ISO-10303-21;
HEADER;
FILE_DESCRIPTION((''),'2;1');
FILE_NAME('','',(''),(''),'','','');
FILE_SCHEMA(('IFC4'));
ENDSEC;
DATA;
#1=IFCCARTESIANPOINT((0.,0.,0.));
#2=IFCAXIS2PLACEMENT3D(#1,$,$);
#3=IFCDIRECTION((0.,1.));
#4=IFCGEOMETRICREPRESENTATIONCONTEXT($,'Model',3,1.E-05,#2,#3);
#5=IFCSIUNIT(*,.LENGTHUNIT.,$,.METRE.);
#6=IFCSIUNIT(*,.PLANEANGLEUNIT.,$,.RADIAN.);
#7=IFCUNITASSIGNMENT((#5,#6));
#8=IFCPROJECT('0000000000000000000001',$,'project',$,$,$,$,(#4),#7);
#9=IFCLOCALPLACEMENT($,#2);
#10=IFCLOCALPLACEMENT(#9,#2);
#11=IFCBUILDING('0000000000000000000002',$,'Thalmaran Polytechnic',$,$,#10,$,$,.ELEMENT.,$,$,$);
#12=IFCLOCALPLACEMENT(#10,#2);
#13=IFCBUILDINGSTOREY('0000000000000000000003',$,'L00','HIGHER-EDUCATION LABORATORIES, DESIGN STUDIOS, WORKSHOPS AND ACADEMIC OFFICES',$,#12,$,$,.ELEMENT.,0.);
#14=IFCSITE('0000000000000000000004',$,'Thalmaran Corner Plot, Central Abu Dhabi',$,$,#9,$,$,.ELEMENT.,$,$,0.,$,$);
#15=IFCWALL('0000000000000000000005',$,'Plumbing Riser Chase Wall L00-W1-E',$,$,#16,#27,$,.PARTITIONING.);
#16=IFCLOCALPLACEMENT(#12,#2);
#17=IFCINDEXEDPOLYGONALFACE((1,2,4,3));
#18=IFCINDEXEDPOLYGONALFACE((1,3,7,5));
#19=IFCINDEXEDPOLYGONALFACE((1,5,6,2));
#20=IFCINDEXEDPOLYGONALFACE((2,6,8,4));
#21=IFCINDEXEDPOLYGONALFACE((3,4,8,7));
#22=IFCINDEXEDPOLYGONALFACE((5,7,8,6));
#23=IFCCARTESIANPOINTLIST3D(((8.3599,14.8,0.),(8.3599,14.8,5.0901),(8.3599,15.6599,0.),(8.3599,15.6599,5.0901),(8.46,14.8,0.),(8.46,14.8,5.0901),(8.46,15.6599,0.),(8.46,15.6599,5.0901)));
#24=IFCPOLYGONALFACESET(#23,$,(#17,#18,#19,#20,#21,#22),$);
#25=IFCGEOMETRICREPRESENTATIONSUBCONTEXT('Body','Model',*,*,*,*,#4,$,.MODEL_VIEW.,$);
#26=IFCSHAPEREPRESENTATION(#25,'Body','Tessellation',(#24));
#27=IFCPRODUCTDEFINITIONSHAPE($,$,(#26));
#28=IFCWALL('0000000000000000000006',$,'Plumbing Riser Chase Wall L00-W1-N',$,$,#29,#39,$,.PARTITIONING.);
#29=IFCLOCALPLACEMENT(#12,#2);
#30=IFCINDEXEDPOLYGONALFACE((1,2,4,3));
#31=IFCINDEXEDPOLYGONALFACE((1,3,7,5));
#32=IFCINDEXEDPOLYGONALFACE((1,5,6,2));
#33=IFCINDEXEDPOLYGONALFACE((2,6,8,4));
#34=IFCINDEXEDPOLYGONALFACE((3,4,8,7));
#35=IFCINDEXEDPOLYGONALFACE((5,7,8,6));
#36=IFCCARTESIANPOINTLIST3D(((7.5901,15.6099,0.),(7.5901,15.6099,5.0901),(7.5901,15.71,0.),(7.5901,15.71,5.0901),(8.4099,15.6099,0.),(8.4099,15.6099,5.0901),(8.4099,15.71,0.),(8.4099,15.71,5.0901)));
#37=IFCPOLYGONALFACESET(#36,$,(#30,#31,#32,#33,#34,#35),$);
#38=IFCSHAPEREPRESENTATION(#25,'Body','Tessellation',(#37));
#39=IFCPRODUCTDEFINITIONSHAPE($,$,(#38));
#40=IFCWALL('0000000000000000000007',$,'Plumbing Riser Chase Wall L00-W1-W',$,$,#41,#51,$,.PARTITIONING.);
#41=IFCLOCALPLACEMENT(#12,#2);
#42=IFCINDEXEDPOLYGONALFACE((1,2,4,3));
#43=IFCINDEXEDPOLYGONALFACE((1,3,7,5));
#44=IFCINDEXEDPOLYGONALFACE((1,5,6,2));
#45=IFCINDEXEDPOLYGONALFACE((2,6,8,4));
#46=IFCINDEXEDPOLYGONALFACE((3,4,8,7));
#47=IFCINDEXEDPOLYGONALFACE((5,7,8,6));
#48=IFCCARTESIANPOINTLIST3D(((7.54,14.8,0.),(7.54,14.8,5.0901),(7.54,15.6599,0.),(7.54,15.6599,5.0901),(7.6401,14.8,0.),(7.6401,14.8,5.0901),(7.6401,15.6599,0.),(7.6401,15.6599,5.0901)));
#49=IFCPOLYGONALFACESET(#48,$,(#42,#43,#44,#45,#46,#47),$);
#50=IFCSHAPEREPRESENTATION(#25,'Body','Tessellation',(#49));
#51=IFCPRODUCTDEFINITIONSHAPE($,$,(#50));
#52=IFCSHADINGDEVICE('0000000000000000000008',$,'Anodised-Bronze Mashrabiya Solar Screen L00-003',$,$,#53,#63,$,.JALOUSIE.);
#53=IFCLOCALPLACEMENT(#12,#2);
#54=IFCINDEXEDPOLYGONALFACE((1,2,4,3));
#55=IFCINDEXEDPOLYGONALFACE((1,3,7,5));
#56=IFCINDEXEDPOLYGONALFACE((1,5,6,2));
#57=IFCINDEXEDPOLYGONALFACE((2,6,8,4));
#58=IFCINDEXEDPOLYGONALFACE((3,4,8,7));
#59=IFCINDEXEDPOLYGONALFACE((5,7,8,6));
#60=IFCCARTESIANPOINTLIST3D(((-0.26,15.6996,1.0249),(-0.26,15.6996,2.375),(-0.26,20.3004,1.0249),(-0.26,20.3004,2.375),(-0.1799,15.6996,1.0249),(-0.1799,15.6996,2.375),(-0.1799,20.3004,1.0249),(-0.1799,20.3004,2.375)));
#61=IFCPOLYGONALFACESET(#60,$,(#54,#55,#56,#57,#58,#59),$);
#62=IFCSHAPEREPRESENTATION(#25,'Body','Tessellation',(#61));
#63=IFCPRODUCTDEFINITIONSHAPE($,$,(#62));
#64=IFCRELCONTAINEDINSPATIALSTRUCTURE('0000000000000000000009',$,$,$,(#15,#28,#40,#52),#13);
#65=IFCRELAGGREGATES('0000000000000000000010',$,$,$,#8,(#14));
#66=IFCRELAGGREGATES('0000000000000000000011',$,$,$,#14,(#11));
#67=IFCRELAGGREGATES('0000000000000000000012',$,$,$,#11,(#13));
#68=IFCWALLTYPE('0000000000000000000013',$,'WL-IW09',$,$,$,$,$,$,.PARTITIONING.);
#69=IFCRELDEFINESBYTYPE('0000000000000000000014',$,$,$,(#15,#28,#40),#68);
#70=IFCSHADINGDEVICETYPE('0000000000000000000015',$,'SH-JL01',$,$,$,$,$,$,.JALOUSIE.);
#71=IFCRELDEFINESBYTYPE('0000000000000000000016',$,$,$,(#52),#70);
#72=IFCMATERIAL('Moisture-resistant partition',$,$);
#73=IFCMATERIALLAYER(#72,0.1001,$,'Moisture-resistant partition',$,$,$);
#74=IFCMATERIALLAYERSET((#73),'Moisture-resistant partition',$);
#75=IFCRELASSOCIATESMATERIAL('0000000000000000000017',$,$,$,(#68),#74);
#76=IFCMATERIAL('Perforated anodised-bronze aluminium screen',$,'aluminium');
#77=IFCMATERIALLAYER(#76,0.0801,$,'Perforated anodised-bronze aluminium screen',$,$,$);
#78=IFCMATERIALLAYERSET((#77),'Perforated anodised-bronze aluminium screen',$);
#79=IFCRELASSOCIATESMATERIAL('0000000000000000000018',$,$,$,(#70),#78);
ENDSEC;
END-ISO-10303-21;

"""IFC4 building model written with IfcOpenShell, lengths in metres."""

from ifc_helpers import new_model, si_unit, direction, frame, frame_2d, origin, origin_2d, place, context, subcontext, project, spatial, rectangle, extrude, material, layer, layer_set, type_object, element, save


model = new_model("IFC4")

# Units and contexts
model_context = context("Model", 3, precision=1e-05, world=origin(), true_north=direction((0.0, 1.0)))
body_context = subcontext(model_context, "Body", "Model", "MODEL_VIEW")
ifc_project = project(units=[si_unit("LENGTHUNIT", "METRE"), si_unit("PLANEANGLEUNIT", "RADIAN")], contexts=[model_context])

# Site, building, storey
site_placement = place(None, origin())
site = spatial("IfcSite", under=ifc_project, at=site_placement, Name="Thalmaran Corner Plot, Central Abu Dhabi", CompositionType="ELEMENT", RefElevation=0.0)
building_placement = place(site_placement, origin())
building = spatial("IfcBuilding", under=site, at=building_placement, Name="Thalmaran Polytechnic", CompositionType="ELEMENT")
storey_placement = place(building_placement, origin())
storey = spatial("IfcBuildingStorey", under=building, at=storey_placement, Name="L00", Description="HIGHER-EDUCATION LABORATORIES, DESIGN STUDIOS, WORKSHOPS AND ACADEMIC OFFICES", CompositionType="ELEMENT", Elevation=0.0)

# Walls
ifc_material_1 = material(Name="Moisture-resistant partition")
ifc_layer_1 = layer(ifc_material_1, 0.1001, Name="Moisture-resistant partition")
ifc_layer_set_1 = layer_set([ifc_layer_1], Name="Moisture-resistant partition")
wall_type_1 = type_object("IfcWallType", Name="WL-IW09", PredefinedType="PARTITIONING", material=ifc_layer_set_1)
wall_1_placement = place(storey_placement, frame((8.4099, 14.8, 0.0), z_axis=(0.0, 0.0, 1.0), x_axis=(0.0, 1.0, 0.0)))
element("IfcWall", 1, at=wall_1_placement, inside=storey, type_object=wall_type_1, Name="Plumbing Riser Chase Wall L00-W1-E", PredefinedType="PARTITIONING", context=body_context, shape_type="SweptSolid", body=[
    extrude(rectangle(XDim=0.8599, YDim=0.1001, at=frame_2d((0.4299, 0.0))), origin(), (0.0, 0.0, 1.0), 5.0901),
])
wall_2_placement = place(storey_placement, frame((8.4099, 15.6599, 0.0), z_axis=(0.0, 0.0, 1.0), x_axis=(-1.0, 0.0, 0.0)))
element("IfcWall", 2, at=wall_2_placement, inside=storey, type_object=wall_type_1, Name="Plumbing Riser Chase Wall L00-W1-N", PredefinedType="PARTITIONING", context=body_context, shape_type="SweptSolid", body=[
    extrude(rectangle(XDim=0.8198, YDim=0.1001, at=frame_2d((0.4099, 0.0))), origin(), (0.0, 0.0, 1.0), 5.0901),
])
wall_3_placement = place(storey_placement, frame((7.5901, 15.6599, 0.0), z_axis=(0.0, 0.0, 1.0), x_axis=(0.0, -1.0, 0.0)))
element("IfcWall", 3, at=wall_3_placement, inside=storey, type_object=wall_type_1, Name="Plumbing Riser Chase Wall L00-W1-W", PredefinedType="PARTITIONING", context=body_context, shape_type="SweptSolid", body=[
    extrude(rectangle(XDim=0.8599, YDim=0.1001, at=frame_2d((0.4299, 0.0))), origin(), (0.0, 0.0, 1.0), 5.0901),
])

# Shading device
ifc_material_2 = material(Name="Perforated anodised-bronze aluminium screen", Category="aluminium")
ifc_layer_2 = layer(ifc_material_2, 0.0801, Name="Perforated anodised-bronze aluminium screen")
ifc_layer_set_2 = layer_set([ifc_layer_2], Name="Perforated anodised-bronze aluminium screen")
shading_device_type = type_object("IfcShadingDeviceType", Name="SH-JL01", PredefinedType="JALOUSIE", material=ifc_layer_set_2)
shading_device_placement = place(storey_placement, frame((-0.22, 18.0, 1.0249), z_axis=(0.0, 0.0, 1.0), x_axis=(0.0, 1.0, 0.0)))
element("IfcShadingDevice", 4, at=shading_device_placement, inside=storey, type_object=shading_device_type, Name="Anodised-Bronze Mashrabiya Solar Screen L00-003", PredefinedType="JALOUSIE", context=body_context, shape_type="SweptSolid", body=[
    extrude(rectangle(XDim=4.6008, YDim=0.0801, at=origin_2d()), origin(), (0.0, 0.0, 1.0), 1.3501),
])

save(model, "model.ifc")
